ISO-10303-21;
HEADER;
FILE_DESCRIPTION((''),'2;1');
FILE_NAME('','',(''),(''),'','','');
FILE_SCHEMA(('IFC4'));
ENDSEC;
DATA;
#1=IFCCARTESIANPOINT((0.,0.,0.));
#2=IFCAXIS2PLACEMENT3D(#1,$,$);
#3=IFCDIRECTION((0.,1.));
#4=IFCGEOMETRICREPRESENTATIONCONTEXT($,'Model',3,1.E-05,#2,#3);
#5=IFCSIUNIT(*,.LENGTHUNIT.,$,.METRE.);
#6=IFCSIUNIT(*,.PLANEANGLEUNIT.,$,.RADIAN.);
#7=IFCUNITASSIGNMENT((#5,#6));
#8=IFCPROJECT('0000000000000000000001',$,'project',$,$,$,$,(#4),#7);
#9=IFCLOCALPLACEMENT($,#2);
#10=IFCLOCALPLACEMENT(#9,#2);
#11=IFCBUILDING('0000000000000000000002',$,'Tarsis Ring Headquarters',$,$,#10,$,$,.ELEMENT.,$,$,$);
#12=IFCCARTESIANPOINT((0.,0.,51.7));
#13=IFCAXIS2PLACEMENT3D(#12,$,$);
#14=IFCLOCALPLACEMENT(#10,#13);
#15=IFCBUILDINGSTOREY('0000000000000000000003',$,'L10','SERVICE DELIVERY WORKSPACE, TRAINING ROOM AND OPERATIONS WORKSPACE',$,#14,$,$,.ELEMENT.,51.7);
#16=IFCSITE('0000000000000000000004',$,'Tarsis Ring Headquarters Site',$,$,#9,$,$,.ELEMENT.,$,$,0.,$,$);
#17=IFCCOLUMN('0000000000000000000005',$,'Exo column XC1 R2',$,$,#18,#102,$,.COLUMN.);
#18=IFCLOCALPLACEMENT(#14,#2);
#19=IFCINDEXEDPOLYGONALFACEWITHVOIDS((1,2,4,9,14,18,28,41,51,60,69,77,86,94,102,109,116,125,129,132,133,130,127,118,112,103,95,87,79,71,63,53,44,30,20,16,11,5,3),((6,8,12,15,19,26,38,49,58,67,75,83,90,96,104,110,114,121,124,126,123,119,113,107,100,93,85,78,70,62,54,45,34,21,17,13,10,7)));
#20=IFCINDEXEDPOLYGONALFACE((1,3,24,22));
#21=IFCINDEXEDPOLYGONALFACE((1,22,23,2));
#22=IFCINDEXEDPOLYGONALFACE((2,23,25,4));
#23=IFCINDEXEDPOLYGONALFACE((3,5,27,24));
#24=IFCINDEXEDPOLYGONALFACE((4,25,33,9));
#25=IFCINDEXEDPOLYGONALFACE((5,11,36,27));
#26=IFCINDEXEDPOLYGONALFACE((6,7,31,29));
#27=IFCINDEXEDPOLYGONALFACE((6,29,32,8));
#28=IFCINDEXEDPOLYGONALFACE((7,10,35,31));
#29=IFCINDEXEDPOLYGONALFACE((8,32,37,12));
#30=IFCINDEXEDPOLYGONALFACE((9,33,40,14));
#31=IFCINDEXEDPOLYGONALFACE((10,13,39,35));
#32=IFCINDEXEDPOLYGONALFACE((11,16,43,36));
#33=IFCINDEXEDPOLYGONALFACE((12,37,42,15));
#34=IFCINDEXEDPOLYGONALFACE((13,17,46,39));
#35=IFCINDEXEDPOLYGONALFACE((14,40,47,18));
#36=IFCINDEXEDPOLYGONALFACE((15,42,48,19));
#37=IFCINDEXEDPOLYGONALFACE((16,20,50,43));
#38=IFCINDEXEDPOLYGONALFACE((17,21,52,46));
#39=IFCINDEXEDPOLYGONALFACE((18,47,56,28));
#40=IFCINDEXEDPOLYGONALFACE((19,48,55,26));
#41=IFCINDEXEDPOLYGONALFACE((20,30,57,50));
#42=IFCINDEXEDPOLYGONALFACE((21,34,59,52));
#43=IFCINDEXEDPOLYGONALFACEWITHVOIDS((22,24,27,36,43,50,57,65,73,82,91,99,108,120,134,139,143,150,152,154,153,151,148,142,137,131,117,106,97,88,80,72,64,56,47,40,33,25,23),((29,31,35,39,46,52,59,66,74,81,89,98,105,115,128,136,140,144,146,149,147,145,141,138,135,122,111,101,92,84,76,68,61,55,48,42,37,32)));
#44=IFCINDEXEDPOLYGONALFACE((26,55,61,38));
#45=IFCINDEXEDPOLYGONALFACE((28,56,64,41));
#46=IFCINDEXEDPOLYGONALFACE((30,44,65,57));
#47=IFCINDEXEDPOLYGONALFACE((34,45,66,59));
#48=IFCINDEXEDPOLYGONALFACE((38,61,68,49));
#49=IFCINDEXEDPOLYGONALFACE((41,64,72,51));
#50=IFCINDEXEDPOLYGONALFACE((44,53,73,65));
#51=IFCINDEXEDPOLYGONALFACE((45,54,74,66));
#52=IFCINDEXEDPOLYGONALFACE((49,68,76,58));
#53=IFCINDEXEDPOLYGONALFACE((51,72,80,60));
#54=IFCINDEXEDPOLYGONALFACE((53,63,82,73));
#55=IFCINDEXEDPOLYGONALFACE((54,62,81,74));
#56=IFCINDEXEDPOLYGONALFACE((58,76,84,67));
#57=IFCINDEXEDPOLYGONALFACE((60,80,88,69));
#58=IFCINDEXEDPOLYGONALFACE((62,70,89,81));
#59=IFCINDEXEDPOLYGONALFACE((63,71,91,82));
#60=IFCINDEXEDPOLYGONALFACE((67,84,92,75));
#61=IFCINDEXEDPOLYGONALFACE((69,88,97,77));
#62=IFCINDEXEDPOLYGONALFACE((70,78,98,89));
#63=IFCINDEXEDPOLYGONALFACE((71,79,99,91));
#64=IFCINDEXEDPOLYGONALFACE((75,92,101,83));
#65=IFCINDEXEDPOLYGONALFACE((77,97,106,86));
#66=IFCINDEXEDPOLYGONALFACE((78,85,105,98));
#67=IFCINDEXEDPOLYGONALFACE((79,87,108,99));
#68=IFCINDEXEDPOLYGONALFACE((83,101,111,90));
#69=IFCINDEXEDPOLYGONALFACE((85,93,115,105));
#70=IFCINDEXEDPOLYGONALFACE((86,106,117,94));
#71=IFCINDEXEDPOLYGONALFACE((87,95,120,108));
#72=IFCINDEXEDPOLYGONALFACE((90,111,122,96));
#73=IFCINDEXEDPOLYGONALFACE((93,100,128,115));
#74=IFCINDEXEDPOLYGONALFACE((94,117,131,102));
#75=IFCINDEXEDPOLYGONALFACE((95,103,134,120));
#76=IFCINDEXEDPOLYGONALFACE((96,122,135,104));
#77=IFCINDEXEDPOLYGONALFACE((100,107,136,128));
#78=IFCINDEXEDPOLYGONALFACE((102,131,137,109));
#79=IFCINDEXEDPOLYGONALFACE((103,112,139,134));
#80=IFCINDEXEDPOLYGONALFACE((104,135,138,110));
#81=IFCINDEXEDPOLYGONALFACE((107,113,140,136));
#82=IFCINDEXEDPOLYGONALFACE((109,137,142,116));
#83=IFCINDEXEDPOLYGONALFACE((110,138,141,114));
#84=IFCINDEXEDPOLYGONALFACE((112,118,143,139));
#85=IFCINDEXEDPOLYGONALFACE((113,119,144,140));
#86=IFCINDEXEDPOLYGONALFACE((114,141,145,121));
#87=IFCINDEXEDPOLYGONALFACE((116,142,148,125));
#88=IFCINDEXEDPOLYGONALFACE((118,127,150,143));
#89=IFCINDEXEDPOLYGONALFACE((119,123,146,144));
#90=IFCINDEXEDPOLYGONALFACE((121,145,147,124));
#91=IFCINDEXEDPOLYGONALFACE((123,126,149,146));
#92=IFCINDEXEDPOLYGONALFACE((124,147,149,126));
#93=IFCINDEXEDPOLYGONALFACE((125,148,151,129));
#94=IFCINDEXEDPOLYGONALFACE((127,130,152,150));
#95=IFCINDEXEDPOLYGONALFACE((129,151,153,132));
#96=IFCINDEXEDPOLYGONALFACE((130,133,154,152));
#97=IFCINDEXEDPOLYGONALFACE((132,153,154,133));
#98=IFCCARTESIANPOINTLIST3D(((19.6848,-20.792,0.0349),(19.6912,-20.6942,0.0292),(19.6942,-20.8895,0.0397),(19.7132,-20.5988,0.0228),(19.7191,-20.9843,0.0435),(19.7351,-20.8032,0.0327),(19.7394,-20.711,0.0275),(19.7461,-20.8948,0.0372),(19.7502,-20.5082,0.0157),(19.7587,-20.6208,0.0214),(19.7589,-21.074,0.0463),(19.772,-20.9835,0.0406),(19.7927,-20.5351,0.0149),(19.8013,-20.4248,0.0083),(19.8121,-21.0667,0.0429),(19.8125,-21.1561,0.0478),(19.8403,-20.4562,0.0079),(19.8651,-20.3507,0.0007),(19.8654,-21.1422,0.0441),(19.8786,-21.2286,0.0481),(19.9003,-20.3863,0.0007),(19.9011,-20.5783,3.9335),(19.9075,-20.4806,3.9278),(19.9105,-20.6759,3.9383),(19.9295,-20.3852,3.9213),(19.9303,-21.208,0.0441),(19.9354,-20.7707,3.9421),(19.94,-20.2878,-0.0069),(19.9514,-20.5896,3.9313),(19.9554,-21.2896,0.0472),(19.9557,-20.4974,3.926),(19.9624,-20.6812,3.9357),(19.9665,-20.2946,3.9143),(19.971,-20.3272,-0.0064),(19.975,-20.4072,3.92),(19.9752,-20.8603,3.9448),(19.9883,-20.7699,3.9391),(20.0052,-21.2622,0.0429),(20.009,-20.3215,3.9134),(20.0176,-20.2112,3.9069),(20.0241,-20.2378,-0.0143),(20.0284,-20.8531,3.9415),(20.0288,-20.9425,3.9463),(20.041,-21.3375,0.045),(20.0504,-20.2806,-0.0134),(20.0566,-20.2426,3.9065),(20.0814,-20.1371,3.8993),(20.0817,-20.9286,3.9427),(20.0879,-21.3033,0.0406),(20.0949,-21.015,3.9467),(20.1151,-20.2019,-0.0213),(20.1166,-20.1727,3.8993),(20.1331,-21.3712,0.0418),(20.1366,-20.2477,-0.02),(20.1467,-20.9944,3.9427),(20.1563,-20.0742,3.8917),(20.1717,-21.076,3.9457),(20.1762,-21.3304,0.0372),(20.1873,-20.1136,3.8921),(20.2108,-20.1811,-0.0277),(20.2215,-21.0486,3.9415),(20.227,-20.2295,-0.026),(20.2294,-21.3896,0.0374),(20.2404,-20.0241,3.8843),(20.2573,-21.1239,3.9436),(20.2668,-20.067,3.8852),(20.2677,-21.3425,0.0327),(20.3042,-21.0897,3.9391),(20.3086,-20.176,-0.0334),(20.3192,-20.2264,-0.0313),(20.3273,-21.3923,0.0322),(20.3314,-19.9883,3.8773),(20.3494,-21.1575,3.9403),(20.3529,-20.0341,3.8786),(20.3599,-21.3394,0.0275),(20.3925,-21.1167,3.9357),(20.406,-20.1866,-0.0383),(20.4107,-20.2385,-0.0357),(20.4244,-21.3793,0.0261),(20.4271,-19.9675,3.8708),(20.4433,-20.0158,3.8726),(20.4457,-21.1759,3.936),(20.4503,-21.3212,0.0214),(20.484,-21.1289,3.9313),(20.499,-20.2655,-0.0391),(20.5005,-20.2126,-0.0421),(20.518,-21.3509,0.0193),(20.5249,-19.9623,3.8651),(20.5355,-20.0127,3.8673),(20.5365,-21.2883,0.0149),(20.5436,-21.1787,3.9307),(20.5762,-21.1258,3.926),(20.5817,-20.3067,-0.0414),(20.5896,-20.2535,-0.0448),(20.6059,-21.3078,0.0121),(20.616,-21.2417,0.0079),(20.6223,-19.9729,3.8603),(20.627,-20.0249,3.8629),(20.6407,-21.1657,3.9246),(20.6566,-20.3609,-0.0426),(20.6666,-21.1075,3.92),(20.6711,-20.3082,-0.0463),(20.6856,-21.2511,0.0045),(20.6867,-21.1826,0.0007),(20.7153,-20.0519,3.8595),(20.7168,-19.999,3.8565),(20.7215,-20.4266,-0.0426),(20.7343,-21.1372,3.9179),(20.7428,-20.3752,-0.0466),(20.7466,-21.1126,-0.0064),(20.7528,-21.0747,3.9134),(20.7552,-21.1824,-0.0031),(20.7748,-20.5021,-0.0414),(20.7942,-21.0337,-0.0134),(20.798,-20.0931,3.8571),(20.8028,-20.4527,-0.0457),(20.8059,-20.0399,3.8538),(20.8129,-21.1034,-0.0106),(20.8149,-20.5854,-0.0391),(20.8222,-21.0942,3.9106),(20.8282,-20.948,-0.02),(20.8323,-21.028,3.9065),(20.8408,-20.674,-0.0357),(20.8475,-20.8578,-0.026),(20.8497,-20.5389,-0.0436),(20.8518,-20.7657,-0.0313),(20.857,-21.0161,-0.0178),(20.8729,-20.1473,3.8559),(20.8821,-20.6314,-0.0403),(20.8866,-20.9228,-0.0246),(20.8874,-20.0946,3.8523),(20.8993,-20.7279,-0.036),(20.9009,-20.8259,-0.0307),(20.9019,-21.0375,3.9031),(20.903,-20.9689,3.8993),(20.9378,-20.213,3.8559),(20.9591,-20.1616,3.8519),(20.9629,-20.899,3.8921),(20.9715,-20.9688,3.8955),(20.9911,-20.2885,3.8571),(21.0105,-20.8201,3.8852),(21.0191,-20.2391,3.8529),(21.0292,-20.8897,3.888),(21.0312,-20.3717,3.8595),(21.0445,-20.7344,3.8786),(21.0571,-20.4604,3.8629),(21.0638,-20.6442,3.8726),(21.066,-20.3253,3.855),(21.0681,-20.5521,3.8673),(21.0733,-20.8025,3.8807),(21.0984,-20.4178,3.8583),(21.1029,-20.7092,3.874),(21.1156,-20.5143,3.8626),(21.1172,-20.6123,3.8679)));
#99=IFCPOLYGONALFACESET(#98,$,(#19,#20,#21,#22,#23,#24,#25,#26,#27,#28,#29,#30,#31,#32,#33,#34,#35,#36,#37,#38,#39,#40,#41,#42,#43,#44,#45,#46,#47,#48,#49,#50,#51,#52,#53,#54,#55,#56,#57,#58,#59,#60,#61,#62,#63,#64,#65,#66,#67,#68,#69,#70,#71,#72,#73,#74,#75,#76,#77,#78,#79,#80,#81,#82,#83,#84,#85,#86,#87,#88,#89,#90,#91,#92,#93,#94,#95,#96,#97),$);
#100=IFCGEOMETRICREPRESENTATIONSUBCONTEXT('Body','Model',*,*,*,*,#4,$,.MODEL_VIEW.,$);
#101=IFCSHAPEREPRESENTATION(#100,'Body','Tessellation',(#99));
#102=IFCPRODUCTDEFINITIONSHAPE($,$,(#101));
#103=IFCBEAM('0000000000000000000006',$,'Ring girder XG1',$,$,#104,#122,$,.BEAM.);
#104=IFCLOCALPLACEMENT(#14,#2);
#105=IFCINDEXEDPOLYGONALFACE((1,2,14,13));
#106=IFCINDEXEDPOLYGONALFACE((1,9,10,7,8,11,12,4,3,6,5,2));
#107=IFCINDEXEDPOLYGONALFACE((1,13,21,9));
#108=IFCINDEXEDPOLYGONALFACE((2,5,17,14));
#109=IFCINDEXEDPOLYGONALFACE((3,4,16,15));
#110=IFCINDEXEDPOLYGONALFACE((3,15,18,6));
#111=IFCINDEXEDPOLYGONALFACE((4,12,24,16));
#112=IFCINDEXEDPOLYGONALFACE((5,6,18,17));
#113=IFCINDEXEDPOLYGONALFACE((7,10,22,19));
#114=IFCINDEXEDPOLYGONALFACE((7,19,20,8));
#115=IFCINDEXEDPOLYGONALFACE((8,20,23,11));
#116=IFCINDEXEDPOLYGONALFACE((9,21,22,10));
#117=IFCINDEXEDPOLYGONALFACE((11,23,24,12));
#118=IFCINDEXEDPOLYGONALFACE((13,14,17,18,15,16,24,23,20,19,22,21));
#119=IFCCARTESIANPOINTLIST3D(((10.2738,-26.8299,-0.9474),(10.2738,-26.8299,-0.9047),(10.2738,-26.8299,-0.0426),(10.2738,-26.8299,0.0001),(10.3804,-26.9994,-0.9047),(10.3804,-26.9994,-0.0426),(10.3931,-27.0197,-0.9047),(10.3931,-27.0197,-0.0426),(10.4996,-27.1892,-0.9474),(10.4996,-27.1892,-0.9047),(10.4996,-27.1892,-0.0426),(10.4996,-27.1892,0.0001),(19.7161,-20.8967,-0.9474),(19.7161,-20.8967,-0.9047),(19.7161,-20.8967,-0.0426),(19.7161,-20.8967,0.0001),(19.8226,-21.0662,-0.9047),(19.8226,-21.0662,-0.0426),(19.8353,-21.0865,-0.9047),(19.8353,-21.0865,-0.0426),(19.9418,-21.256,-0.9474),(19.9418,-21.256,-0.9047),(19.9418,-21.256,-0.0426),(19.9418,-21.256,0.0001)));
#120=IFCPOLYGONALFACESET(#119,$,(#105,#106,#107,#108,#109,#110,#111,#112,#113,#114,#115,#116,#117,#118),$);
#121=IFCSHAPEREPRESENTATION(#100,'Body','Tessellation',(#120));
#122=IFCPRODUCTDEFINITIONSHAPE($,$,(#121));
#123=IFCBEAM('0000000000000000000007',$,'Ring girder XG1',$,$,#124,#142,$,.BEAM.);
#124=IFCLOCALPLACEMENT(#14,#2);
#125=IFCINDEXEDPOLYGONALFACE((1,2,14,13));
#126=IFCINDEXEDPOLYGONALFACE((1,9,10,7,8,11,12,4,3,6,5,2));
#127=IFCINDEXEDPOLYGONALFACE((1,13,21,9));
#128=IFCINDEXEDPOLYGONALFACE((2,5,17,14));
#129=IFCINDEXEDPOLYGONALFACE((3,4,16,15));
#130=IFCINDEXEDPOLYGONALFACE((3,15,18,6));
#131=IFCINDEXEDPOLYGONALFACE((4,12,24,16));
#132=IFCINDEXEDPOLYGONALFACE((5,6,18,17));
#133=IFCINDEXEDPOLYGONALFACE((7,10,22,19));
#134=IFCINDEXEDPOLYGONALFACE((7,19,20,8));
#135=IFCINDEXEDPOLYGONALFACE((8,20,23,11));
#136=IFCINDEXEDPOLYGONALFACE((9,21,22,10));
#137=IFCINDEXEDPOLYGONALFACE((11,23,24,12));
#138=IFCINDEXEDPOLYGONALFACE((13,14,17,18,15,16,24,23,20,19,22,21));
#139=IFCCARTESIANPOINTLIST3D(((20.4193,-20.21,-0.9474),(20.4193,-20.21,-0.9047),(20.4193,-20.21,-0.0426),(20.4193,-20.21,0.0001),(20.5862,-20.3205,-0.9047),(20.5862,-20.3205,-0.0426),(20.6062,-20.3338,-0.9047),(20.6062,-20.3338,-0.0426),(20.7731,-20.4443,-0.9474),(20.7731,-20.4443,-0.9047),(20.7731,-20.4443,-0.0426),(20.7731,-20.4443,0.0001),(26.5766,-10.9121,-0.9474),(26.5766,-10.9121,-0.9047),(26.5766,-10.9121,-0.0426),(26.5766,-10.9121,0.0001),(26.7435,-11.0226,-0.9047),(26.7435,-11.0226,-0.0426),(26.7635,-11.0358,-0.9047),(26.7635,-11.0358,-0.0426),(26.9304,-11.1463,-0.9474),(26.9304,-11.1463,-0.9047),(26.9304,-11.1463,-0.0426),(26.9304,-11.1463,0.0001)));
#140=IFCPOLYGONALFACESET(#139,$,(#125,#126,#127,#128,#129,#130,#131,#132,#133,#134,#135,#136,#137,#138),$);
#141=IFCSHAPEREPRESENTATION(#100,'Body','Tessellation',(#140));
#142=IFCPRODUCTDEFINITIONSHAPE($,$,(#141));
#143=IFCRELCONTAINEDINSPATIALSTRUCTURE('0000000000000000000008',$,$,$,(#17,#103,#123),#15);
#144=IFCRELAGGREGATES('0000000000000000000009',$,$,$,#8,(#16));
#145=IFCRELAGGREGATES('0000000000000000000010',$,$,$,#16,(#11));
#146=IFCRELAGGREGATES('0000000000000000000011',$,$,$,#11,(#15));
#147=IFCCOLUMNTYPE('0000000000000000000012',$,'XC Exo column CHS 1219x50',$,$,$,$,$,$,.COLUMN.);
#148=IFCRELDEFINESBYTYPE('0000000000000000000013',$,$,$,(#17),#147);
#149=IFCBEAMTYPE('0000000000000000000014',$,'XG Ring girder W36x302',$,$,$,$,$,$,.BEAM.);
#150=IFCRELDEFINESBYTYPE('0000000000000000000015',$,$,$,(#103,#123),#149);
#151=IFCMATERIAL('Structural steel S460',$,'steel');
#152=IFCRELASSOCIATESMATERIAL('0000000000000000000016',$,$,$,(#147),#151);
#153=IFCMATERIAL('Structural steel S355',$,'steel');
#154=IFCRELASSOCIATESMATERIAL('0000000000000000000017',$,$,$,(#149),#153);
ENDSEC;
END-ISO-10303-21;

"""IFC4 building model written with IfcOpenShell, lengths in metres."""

from ifc_helpers import new_model, si_unit, direction, frame, origin, origin_2d, place, context, subcontext, project, spatial, hollow_circle, i_section, extrude, material, material_profile, profile_set, type_object, element, save


model = new_model("IFC4")

# Units and contexts
model_context = context("Model", 3, precision=1e-05, world=origin(), true_north=direction((0.0, 1.0)))
body_context = subcontext(model_context, "Body", "Model", "MODEL_VIEW")
ifc_project = project(units=[si_unit("LENGTHUNIT", "METRE"), si_unit("PLANEANGLEUNIT", "RADIAN")], contexts=[model_context])

# Site, building, storey
site_placement = place(None, origin())
site = spatial("IfcSite", under=ifc_project, at=site_placement, Name="Tarsis Ring Headquarters Site", CompositionType="ELEMENT", RefElevation=0.0)
building_placement = place(site_placement, origin())
building = spatial("IfcBuilding", under=site, at=building_placement, Name="Tarsis Ring Headquarters", CompositionType="ELEMENT")
storey_placement = place(building_placement, frame((0.0, 0.0, 51.7)))
storey = spatial("IfcBuildingStorey", under=building, at=storey_placement, Name="L10", Description="SERVICE DELIVERY WORKSPACE, TRAINING ROOM AND OPERATIONS WORKSPACE", CompositionType="ELEMENT", Elevation=51.7)

# Column
ifc_material_1 = material(Name="Structural steel S460", Category="steel")
ifc_material_profile_1 = material_profile(ifc_material_1, hollow_circle(Radius=0.6096, WallThickness=0.05, at=origin_2d()), Name="CHS 1219x50")
ifc_profile_set_1 = profile_set([ifc_material_profile_1], Name="Structural steel S460")
column_type = type_object("IfcColumnType", Name="XC Exo column CHS 1219x50", PredefinedType="COLUMN", material=ifc_profile_set_1)
column_placement = place(storey_placement, frame((20.2935, -20.7844, 0.0007), z_axis=(0.055315, 0.054628, 0.996973), x_axis=(-0.702676, 0.71151, 0.0)))
element("IfcColumn", 1, at=column_placement, inside=storey, type_object=column_type, Name="Exo column XC1 R2", PredefinedType="COLUMN", context=body_context, shape_type="SweptSolid", body=[
    extrude(hollow_circle(Radius=0.6096, WallThickness=0.05, at=origin_2d()), origin(), (0.0, 0.0, 1.0), 3.9104),
])

# Beams
ifc_material_2 = material(Name="Structural steel S355", Category="steel")
ifc_material_profile_2 = material_profile(ifc_material_2, i_section(OverallWidth=0.4243, OverallDepth=0.9475, WebThickness=0.0239, FlangeThickness=0.0427, at=origin_2d()), Name="W36x302")
ifc_profile_set_2 = profile_set([ifc_material_profile_2], Name="Structural steel S355")
beam_type = type_object("IfcBeamType", Name="XG Ring girder W36x302", PredefinedType="BEAM", material=ifc_profile_set_2)
beam_1_placement = place(storey_placement, frame((10.3867, -27.0095, -0.4736), z_axis=(0.846715, 0.532046, 0.0), x_axis=(-0.532046, 0.846715, 0.0)))
element("IfcBeam", 2, at=beam_1_placement, inside=storey, type_object=beam_type, Name="Ring girder XG1", PredefinedType="BEAM", context=body_context, shape_type="SweptSolid", body=[
    extrude(i_section(OverallWidth=0.4243, OverallDepth=0.9475, WebThickness=0.0239, FlangeThickness=0.0427, at=origin_2d()), origin(), (0.0, 0.0, 1.0), 11.1516),
])
beam_2_placement = place(storey_placement, frame((20.5962, -20.3271, -0.4736), z_axis=(0.552131, 0.833757, 0.0), x_axis=(-0.833757, 0.552131, 0.0)))
element("IfcBeam", 3, at=beam_2_placement, inside=storey, type_object=beam_type, Name="Ring girder XG1", PredefinedType="BEAM", context=body_context, shape_type="SweptSolid", body=[
    extrude(i_section(OverallWidth=0.4243, OverallDepth=0.9475, WebThickness=0.0239, FlangeThickness=0.0427, at=origin_2d()), origin(), (0.0, 0.0, 1.0), 11.1519),
])

save(model, "model.ifc")
